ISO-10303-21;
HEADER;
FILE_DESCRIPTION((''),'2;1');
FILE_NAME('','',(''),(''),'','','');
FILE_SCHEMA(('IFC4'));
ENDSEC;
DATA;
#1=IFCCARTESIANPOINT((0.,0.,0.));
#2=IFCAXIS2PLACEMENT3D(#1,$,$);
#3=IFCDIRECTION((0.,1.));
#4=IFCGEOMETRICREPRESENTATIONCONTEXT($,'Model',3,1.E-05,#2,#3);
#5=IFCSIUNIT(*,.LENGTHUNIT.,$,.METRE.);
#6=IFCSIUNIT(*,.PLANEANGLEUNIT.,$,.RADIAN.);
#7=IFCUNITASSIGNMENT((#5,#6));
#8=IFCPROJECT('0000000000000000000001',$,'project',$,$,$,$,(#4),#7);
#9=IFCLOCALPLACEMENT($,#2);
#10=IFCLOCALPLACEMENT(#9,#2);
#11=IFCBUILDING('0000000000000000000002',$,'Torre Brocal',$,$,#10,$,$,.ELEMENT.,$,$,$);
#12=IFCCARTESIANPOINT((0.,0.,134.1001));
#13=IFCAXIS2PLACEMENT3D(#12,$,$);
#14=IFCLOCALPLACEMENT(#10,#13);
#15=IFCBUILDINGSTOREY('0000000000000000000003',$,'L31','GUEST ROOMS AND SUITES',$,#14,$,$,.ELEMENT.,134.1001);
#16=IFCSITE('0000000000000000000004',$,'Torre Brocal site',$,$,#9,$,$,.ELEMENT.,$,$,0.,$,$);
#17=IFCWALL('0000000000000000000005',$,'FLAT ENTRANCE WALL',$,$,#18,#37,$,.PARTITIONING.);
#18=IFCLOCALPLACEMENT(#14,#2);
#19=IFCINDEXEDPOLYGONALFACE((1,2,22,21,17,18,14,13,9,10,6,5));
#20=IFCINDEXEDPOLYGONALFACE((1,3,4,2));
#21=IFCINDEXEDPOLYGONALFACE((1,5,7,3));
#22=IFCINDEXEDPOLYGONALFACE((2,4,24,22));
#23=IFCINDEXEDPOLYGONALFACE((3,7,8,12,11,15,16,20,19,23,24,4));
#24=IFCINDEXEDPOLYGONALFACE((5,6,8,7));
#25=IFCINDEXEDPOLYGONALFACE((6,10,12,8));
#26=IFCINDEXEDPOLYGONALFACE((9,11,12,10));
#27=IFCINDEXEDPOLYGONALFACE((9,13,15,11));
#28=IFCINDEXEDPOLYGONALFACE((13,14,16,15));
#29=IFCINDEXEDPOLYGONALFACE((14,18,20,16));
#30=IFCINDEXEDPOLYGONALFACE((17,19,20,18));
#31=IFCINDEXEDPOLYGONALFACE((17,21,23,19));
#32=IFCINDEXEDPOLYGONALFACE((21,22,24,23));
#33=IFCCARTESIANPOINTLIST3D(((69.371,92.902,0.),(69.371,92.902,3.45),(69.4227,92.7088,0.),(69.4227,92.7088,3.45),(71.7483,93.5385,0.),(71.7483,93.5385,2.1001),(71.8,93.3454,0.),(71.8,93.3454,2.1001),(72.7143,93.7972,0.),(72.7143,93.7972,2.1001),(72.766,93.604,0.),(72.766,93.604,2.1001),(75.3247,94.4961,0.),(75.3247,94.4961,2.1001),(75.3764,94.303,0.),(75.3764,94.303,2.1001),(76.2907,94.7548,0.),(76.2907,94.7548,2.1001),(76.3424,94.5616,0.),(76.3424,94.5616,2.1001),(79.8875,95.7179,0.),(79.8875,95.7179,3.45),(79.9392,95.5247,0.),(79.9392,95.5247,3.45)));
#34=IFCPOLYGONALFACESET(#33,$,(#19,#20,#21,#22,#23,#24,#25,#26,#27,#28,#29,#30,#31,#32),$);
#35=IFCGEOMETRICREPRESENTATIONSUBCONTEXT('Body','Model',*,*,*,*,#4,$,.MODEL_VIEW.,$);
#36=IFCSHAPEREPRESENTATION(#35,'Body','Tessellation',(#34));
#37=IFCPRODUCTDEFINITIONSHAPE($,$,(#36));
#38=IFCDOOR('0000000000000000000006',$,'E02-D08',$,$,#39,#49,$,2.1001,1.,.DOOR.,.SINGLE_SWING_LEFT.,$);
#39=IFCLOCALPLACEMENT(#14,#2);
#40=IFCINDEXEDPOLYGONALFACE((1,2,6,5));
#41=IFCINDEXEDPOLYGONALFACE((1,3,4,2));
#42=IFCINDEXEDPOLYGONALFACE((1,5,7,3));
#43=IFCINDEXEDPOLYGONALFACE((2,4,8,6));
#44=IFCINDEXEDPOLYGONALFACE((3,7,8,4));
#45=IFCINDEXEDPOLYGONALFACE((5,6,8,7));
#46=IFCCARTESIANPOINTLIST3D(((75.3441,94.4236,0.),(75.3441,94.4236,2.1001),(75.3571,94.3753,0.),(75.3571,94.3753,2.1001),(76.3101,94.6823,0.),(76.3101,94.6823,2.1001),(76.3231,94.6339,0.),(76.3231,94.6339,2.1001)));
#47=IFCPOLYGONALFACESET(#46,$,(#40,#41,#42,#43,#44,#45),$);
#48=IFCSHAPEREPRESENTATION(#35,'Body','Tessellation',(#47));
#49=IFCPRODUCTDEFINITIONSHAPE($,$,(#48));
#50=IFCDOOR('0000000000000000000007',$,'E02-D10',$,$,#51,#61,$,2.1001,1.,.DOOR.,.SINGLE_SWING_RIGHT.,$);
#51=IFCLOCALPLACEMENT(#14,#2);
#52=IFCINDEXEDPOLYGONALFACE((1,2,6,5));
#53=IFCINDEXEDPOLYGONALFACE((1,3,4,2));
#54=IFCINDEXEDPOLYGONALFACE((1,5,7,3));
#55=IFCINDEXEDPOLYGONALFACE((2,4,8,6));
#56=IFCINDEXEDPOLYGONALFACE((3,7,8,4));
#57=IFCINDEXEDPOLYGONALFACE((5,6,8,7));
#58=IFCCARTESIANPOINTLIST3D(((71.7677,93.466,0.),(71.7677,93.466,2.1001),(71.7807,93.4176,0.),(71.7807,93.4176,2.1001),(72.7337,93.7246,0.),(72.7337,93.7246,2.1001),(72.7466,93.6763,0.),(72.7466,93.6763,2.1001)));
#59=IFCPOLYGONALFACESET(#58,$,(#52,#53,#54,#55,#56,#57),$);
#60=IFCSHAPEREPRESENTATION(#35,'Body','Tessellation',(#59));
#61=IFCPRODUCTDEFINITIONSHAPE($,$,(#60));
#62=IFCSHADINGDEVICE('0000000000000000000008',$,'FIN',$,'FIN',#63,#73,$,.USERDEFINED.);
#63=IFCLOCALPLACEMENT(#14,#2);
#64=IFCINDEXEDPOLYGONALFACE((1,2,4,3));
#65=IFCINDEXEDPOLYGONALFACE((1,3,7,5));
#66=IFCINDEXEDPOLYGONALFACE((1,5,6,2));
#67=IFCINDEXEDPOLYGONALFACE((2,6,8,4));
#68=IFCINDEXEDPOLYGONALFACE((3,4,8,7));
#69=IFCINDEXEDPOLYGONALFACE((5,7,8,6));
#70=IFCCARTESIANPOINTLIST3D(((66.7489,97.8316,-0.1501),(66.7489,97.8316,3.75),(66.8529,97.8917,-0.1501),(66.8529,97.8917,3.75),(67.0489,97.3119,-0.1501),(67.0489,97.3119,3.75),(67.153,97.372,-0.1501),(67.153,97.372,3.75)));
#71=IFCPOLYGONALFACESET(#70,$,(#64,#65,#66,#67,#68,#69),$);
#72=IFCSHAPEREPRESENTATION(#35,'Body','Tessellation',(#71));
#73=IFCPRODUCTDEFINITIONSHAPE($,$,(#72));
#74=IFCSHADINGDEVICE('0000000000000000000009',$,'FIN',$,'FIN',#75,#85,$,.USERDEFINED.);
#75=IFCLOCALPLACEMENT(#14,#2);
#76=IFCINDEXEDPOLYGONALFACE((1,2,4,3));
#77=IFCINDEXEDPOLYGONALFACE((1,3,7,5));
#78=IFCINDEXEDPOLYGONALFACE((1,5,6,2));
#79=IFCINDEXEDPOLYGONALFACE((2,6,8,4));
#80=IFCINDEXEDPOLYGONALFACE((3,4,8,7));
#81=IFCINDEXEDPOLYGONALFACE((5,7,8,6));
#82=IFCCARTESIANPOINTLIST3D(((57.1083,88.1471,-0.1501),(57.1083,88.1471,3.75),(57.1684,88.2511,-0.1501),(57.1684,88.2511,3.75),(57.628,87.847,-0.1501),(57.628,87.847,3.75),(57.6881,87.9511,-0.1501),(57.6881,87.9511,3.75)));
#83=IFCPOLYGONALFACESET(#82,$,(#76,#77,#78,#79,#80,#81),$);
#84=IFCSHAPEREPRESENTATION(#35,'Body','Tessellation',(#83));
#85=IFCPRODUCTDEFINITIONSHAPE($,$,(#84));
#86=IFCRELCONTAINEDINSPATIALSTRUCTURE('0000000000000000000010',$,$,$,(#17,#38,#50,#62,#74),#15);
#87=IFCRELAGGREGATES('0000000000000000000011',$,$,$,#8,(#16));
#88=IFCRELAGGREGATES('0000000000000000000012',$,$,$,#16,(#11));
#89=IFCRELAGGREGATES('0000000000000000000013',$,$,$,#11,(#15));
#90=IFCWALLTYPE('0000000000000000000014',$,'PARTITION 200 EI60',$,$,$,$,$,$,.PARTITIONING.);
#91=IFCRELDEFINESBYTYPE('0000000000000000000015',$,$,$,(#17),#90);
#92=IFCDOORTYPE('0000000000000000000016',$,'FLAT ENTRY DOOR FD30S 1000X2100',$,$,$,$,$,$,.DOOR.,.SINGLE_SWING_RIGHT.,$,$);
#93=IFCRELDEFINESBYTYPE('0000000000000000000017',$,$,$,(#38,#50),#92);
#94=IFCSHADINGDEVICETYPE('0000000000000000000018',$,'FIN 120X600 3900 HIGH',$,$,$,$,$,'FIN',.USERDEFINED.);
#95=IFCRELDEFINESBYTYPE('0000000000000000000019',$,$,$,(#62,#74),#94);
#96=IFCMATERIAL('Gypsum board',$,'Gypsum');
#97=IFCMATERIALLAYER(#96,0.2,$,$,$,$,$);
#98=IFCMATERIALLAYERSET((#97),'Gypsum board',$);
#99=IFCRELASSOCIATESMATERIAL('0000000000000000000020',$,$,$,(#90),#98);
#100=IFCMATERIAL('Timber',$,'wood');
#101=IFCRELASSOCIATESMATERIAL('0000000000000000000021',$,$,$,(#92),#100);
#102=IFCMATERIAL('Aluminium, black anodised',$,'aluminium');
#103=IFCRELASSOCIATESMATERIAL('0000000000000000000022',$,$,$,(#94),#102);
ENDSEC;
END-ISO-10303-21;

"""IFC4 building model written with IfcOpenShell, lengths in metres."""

from ifc_helpers import new_model, si_unit, direction, frame, frame_2d, origin, origin_2d, place, context, subcontext, project, spatial, rectangle, extrude, material, layer, layer_set, material_profile, profile_set, type_object, element, fill, save


model = new_model("IFC4")

# Units and contexts
model_context = context("Model", 3, precision=1e-05, world=origin(), true_north=direction((0.0, 1.0)))
body_context = subcontext(model_context, "Body", "Model", "MODEL_VIEW")
ifc_project = project(units=[si_unit("LENGTHUNIT", "METRE"), si_unit("PLANEANGLEUNIT", "RADIAN")], contexts=[model_context])

# Site, building, storey
site_placement = place(None, origin())
site = spatial("IfcSite", under=ifc_project, at=site_placement, Name="Torre Brocal site", CompositionType="ELEMENT", RefElevation=0.0)
building_placement = place(site_placement, origin())
building = spatial("IfcBuilding", under=site, at=building_placement, Name="Torre Brocal", CompositionType="ELEMENT")
storey_placement = place(building_placement, frame((0.0, 0.0, 134.1001)))
storey = spatial("IfcBuildingStorey", under=building, at=storey_placement, Name="L31", Description="GUEST ROOMS AND SUITES", CompositionType="ELEMENT", Elevation=134.1001)

# Shared definitions
ifc_material_1 = material(Name="Gypsum board", Category="Gypsum")
ifc_layer_1 = layer(ifc_material_1, 0.2)
ifc_layer_set_1 = layer_set([ifc_layer_1], Name="Gypsum board")
wall_type_1 = type_object("IfcWallType", Name="PARTITION 200 EI60", PredefinedType="PARTITIONING", material=ifc_layer_set_1)

# Wall, openings, doors
wall_1_placement = place(storey_placement, frame((69.397, 92.8054, 0.0), z_axis=(0.0, 0.0, 1.0), x_axis=(0.965972, 0.258648, 0.0)))
wall_1 = element("IfcWall", 1, at=wall_1_placement, inside=storey, type_object=wall_type_1, Name="FLAT ENTRANCE WALL", PredefinedType="PARTITIONING", context=body_context, shape_type="SweptSolid", body=[
    extrude(rectangle(XDim=10.887, YDim=0.2, at=frame_2d((5.4434, 0.0))), origin(), (0.0, 0.0, 1.0), 3.45),
])
opening_1_placement = place(wall_1_placement, frame((6.1633, 0.0, 0.0)))
opening_1 = element("IfcOpeningElement", 2, at=opening_1_placement, cuts=wall_1, PredefinedType="OPENING", context=body_context, shape_type="SweptSolid", body=[
    extrude(rectangle(XDim=1.0, YDim=2.1001, at=frame_2d((0.5, 1.05))), frame((0.0, 0.1099, 0.0), z_axis=(0.0, -1.0, 0.0), x_axis=(1.0, 0.0, 0.0)), (0.0, 0.0, 1.0), 0.22),
])
opening_2_placement = place(wall_1_placement, frame((2.4609, 0.0, 0.0)))
opening_2 = element("IfcOpeningElement", 3, at=opening_2_placement, cuts=wall_1, PredefinedType="OPENING", context=body_context, shape_type="SweptSolid", body=[
    extrude(rectangle(XDim=1.0, YDim=2.1001, at=frame_2d((0.5, 1.05))), frame((0.0, 0.1099, 0.0), z_axis=(0.0, -1.0, 0.0), x_axis=(1.0, 0.0, 0.0)), (0.0, 0.0, 1.0), 0.22),
])
ifc_material_2 = material(Name="Timber", Category="wood")
door_type_1 = type_object("IfcDoorType", Name="FLAT ENTRY DOOR FD30S 1000X2100", OperationType="SINGLE_SWING_RIGHT", PredefinedType="DOOR", material=ifc_material_2)
door_1_placement = place(opening_1_placement, origin())
door_1 = element("IfcDoor", 4, at=door_1_placement, inside=storey, type_object=door_type_1, Name="E02-D08", OperationType="SINGLE_SWING_LEFT", OverallHeight=2.1001, OverallWidth=1.0, PredefinedType="DOOR", context=body_context, shape_type="SweptSolid", body=[
    extrude(rectangle(XDim=1.0, YDim=2.1001, at=frame_2d((0.5, 1.05))), frame((0.0, 0.0249, 0.0), z_axis=(0.0, -1.0, 0.0), x_axis=(1.0, 0.0, 0.0)), (0.0, 0.0, 1.0), 0.05),
])
fill(opening_1, door_1)
door_2_placement = place(opening_2_placement, origin())
door_2 = element("IfcDoor", 5, at=door_2_placement, inside=storey, type_object=door_type_1, Name="E02-D10", OperationType="SINGLE_SWING_RIGHT", OverallHeight=2.1001, OverallWidth=1.0, PredefinedType="DOOR", context=body_context, shape_type="SweptSolid", body=[
    extrude(rectangle(XDim=1.0, YDim=2.1001, at=frame_2d((0.5, 1.05))), frame((0.0, 0.0249, 0.0), z_axis=(0.0, -1.0, 0.0), x_axis=(1.0, 0.0, 0.0)), (0.0, 0.0, 1.0), 0.05),
])
fill(opening_2, door_2)

# Shading devices
ifc_material_3 = material(Name="Aluminium, black anodised", Category="aluminium")
ifc_material_profile_1 = material_profile(ifc_material_3, rectangle(XDim=0.1201, YDim=0.6001, at=origin_2d()), Name="FIN 120X600 3900 HIGH")
ifc_profile_set_1 = profile_set([ifc_material_profile_1], Name="Aluminium, black anodised")
shading_device_type = type_object("IfcShadingDeviceType", Name="FIN 120X600 3900 HIGH", ElementType="FIN", PredefinedType="USERDEFINED", material=ifc_profile_set_1)
for number, where, z_axis, x_axis, name in (
    (6, (66.9509, 97.6018, -0.1501), (0.0, 0.0, 1.0), (-0.866025, -0.5, 0.0), "FIN"),
    (7, (57.3982, 88.0491, -0.1501), (0.0, 0.0, 1.0), (-0.5, -0.866025, 0.0), "FIN"),
):
    element("IfcShadingDevice", number, at=place(storey_placement, frame(where, z_axis=z_axis, x_axis=x_axis)), inside=storey, type_object=shading_device_type, Name=name, ObjectType="FIN", PredefinedType="USERDEFINED", context=body_context, shape_type="SweptSolid", body=[
        extrude(rectangle(XDim=0.1201, YDim=0.6001, at=origin_2d()), origin(), (0.0, 0.0, 1.0), 3.9001),
    ])

save(model, "model.ifc")
